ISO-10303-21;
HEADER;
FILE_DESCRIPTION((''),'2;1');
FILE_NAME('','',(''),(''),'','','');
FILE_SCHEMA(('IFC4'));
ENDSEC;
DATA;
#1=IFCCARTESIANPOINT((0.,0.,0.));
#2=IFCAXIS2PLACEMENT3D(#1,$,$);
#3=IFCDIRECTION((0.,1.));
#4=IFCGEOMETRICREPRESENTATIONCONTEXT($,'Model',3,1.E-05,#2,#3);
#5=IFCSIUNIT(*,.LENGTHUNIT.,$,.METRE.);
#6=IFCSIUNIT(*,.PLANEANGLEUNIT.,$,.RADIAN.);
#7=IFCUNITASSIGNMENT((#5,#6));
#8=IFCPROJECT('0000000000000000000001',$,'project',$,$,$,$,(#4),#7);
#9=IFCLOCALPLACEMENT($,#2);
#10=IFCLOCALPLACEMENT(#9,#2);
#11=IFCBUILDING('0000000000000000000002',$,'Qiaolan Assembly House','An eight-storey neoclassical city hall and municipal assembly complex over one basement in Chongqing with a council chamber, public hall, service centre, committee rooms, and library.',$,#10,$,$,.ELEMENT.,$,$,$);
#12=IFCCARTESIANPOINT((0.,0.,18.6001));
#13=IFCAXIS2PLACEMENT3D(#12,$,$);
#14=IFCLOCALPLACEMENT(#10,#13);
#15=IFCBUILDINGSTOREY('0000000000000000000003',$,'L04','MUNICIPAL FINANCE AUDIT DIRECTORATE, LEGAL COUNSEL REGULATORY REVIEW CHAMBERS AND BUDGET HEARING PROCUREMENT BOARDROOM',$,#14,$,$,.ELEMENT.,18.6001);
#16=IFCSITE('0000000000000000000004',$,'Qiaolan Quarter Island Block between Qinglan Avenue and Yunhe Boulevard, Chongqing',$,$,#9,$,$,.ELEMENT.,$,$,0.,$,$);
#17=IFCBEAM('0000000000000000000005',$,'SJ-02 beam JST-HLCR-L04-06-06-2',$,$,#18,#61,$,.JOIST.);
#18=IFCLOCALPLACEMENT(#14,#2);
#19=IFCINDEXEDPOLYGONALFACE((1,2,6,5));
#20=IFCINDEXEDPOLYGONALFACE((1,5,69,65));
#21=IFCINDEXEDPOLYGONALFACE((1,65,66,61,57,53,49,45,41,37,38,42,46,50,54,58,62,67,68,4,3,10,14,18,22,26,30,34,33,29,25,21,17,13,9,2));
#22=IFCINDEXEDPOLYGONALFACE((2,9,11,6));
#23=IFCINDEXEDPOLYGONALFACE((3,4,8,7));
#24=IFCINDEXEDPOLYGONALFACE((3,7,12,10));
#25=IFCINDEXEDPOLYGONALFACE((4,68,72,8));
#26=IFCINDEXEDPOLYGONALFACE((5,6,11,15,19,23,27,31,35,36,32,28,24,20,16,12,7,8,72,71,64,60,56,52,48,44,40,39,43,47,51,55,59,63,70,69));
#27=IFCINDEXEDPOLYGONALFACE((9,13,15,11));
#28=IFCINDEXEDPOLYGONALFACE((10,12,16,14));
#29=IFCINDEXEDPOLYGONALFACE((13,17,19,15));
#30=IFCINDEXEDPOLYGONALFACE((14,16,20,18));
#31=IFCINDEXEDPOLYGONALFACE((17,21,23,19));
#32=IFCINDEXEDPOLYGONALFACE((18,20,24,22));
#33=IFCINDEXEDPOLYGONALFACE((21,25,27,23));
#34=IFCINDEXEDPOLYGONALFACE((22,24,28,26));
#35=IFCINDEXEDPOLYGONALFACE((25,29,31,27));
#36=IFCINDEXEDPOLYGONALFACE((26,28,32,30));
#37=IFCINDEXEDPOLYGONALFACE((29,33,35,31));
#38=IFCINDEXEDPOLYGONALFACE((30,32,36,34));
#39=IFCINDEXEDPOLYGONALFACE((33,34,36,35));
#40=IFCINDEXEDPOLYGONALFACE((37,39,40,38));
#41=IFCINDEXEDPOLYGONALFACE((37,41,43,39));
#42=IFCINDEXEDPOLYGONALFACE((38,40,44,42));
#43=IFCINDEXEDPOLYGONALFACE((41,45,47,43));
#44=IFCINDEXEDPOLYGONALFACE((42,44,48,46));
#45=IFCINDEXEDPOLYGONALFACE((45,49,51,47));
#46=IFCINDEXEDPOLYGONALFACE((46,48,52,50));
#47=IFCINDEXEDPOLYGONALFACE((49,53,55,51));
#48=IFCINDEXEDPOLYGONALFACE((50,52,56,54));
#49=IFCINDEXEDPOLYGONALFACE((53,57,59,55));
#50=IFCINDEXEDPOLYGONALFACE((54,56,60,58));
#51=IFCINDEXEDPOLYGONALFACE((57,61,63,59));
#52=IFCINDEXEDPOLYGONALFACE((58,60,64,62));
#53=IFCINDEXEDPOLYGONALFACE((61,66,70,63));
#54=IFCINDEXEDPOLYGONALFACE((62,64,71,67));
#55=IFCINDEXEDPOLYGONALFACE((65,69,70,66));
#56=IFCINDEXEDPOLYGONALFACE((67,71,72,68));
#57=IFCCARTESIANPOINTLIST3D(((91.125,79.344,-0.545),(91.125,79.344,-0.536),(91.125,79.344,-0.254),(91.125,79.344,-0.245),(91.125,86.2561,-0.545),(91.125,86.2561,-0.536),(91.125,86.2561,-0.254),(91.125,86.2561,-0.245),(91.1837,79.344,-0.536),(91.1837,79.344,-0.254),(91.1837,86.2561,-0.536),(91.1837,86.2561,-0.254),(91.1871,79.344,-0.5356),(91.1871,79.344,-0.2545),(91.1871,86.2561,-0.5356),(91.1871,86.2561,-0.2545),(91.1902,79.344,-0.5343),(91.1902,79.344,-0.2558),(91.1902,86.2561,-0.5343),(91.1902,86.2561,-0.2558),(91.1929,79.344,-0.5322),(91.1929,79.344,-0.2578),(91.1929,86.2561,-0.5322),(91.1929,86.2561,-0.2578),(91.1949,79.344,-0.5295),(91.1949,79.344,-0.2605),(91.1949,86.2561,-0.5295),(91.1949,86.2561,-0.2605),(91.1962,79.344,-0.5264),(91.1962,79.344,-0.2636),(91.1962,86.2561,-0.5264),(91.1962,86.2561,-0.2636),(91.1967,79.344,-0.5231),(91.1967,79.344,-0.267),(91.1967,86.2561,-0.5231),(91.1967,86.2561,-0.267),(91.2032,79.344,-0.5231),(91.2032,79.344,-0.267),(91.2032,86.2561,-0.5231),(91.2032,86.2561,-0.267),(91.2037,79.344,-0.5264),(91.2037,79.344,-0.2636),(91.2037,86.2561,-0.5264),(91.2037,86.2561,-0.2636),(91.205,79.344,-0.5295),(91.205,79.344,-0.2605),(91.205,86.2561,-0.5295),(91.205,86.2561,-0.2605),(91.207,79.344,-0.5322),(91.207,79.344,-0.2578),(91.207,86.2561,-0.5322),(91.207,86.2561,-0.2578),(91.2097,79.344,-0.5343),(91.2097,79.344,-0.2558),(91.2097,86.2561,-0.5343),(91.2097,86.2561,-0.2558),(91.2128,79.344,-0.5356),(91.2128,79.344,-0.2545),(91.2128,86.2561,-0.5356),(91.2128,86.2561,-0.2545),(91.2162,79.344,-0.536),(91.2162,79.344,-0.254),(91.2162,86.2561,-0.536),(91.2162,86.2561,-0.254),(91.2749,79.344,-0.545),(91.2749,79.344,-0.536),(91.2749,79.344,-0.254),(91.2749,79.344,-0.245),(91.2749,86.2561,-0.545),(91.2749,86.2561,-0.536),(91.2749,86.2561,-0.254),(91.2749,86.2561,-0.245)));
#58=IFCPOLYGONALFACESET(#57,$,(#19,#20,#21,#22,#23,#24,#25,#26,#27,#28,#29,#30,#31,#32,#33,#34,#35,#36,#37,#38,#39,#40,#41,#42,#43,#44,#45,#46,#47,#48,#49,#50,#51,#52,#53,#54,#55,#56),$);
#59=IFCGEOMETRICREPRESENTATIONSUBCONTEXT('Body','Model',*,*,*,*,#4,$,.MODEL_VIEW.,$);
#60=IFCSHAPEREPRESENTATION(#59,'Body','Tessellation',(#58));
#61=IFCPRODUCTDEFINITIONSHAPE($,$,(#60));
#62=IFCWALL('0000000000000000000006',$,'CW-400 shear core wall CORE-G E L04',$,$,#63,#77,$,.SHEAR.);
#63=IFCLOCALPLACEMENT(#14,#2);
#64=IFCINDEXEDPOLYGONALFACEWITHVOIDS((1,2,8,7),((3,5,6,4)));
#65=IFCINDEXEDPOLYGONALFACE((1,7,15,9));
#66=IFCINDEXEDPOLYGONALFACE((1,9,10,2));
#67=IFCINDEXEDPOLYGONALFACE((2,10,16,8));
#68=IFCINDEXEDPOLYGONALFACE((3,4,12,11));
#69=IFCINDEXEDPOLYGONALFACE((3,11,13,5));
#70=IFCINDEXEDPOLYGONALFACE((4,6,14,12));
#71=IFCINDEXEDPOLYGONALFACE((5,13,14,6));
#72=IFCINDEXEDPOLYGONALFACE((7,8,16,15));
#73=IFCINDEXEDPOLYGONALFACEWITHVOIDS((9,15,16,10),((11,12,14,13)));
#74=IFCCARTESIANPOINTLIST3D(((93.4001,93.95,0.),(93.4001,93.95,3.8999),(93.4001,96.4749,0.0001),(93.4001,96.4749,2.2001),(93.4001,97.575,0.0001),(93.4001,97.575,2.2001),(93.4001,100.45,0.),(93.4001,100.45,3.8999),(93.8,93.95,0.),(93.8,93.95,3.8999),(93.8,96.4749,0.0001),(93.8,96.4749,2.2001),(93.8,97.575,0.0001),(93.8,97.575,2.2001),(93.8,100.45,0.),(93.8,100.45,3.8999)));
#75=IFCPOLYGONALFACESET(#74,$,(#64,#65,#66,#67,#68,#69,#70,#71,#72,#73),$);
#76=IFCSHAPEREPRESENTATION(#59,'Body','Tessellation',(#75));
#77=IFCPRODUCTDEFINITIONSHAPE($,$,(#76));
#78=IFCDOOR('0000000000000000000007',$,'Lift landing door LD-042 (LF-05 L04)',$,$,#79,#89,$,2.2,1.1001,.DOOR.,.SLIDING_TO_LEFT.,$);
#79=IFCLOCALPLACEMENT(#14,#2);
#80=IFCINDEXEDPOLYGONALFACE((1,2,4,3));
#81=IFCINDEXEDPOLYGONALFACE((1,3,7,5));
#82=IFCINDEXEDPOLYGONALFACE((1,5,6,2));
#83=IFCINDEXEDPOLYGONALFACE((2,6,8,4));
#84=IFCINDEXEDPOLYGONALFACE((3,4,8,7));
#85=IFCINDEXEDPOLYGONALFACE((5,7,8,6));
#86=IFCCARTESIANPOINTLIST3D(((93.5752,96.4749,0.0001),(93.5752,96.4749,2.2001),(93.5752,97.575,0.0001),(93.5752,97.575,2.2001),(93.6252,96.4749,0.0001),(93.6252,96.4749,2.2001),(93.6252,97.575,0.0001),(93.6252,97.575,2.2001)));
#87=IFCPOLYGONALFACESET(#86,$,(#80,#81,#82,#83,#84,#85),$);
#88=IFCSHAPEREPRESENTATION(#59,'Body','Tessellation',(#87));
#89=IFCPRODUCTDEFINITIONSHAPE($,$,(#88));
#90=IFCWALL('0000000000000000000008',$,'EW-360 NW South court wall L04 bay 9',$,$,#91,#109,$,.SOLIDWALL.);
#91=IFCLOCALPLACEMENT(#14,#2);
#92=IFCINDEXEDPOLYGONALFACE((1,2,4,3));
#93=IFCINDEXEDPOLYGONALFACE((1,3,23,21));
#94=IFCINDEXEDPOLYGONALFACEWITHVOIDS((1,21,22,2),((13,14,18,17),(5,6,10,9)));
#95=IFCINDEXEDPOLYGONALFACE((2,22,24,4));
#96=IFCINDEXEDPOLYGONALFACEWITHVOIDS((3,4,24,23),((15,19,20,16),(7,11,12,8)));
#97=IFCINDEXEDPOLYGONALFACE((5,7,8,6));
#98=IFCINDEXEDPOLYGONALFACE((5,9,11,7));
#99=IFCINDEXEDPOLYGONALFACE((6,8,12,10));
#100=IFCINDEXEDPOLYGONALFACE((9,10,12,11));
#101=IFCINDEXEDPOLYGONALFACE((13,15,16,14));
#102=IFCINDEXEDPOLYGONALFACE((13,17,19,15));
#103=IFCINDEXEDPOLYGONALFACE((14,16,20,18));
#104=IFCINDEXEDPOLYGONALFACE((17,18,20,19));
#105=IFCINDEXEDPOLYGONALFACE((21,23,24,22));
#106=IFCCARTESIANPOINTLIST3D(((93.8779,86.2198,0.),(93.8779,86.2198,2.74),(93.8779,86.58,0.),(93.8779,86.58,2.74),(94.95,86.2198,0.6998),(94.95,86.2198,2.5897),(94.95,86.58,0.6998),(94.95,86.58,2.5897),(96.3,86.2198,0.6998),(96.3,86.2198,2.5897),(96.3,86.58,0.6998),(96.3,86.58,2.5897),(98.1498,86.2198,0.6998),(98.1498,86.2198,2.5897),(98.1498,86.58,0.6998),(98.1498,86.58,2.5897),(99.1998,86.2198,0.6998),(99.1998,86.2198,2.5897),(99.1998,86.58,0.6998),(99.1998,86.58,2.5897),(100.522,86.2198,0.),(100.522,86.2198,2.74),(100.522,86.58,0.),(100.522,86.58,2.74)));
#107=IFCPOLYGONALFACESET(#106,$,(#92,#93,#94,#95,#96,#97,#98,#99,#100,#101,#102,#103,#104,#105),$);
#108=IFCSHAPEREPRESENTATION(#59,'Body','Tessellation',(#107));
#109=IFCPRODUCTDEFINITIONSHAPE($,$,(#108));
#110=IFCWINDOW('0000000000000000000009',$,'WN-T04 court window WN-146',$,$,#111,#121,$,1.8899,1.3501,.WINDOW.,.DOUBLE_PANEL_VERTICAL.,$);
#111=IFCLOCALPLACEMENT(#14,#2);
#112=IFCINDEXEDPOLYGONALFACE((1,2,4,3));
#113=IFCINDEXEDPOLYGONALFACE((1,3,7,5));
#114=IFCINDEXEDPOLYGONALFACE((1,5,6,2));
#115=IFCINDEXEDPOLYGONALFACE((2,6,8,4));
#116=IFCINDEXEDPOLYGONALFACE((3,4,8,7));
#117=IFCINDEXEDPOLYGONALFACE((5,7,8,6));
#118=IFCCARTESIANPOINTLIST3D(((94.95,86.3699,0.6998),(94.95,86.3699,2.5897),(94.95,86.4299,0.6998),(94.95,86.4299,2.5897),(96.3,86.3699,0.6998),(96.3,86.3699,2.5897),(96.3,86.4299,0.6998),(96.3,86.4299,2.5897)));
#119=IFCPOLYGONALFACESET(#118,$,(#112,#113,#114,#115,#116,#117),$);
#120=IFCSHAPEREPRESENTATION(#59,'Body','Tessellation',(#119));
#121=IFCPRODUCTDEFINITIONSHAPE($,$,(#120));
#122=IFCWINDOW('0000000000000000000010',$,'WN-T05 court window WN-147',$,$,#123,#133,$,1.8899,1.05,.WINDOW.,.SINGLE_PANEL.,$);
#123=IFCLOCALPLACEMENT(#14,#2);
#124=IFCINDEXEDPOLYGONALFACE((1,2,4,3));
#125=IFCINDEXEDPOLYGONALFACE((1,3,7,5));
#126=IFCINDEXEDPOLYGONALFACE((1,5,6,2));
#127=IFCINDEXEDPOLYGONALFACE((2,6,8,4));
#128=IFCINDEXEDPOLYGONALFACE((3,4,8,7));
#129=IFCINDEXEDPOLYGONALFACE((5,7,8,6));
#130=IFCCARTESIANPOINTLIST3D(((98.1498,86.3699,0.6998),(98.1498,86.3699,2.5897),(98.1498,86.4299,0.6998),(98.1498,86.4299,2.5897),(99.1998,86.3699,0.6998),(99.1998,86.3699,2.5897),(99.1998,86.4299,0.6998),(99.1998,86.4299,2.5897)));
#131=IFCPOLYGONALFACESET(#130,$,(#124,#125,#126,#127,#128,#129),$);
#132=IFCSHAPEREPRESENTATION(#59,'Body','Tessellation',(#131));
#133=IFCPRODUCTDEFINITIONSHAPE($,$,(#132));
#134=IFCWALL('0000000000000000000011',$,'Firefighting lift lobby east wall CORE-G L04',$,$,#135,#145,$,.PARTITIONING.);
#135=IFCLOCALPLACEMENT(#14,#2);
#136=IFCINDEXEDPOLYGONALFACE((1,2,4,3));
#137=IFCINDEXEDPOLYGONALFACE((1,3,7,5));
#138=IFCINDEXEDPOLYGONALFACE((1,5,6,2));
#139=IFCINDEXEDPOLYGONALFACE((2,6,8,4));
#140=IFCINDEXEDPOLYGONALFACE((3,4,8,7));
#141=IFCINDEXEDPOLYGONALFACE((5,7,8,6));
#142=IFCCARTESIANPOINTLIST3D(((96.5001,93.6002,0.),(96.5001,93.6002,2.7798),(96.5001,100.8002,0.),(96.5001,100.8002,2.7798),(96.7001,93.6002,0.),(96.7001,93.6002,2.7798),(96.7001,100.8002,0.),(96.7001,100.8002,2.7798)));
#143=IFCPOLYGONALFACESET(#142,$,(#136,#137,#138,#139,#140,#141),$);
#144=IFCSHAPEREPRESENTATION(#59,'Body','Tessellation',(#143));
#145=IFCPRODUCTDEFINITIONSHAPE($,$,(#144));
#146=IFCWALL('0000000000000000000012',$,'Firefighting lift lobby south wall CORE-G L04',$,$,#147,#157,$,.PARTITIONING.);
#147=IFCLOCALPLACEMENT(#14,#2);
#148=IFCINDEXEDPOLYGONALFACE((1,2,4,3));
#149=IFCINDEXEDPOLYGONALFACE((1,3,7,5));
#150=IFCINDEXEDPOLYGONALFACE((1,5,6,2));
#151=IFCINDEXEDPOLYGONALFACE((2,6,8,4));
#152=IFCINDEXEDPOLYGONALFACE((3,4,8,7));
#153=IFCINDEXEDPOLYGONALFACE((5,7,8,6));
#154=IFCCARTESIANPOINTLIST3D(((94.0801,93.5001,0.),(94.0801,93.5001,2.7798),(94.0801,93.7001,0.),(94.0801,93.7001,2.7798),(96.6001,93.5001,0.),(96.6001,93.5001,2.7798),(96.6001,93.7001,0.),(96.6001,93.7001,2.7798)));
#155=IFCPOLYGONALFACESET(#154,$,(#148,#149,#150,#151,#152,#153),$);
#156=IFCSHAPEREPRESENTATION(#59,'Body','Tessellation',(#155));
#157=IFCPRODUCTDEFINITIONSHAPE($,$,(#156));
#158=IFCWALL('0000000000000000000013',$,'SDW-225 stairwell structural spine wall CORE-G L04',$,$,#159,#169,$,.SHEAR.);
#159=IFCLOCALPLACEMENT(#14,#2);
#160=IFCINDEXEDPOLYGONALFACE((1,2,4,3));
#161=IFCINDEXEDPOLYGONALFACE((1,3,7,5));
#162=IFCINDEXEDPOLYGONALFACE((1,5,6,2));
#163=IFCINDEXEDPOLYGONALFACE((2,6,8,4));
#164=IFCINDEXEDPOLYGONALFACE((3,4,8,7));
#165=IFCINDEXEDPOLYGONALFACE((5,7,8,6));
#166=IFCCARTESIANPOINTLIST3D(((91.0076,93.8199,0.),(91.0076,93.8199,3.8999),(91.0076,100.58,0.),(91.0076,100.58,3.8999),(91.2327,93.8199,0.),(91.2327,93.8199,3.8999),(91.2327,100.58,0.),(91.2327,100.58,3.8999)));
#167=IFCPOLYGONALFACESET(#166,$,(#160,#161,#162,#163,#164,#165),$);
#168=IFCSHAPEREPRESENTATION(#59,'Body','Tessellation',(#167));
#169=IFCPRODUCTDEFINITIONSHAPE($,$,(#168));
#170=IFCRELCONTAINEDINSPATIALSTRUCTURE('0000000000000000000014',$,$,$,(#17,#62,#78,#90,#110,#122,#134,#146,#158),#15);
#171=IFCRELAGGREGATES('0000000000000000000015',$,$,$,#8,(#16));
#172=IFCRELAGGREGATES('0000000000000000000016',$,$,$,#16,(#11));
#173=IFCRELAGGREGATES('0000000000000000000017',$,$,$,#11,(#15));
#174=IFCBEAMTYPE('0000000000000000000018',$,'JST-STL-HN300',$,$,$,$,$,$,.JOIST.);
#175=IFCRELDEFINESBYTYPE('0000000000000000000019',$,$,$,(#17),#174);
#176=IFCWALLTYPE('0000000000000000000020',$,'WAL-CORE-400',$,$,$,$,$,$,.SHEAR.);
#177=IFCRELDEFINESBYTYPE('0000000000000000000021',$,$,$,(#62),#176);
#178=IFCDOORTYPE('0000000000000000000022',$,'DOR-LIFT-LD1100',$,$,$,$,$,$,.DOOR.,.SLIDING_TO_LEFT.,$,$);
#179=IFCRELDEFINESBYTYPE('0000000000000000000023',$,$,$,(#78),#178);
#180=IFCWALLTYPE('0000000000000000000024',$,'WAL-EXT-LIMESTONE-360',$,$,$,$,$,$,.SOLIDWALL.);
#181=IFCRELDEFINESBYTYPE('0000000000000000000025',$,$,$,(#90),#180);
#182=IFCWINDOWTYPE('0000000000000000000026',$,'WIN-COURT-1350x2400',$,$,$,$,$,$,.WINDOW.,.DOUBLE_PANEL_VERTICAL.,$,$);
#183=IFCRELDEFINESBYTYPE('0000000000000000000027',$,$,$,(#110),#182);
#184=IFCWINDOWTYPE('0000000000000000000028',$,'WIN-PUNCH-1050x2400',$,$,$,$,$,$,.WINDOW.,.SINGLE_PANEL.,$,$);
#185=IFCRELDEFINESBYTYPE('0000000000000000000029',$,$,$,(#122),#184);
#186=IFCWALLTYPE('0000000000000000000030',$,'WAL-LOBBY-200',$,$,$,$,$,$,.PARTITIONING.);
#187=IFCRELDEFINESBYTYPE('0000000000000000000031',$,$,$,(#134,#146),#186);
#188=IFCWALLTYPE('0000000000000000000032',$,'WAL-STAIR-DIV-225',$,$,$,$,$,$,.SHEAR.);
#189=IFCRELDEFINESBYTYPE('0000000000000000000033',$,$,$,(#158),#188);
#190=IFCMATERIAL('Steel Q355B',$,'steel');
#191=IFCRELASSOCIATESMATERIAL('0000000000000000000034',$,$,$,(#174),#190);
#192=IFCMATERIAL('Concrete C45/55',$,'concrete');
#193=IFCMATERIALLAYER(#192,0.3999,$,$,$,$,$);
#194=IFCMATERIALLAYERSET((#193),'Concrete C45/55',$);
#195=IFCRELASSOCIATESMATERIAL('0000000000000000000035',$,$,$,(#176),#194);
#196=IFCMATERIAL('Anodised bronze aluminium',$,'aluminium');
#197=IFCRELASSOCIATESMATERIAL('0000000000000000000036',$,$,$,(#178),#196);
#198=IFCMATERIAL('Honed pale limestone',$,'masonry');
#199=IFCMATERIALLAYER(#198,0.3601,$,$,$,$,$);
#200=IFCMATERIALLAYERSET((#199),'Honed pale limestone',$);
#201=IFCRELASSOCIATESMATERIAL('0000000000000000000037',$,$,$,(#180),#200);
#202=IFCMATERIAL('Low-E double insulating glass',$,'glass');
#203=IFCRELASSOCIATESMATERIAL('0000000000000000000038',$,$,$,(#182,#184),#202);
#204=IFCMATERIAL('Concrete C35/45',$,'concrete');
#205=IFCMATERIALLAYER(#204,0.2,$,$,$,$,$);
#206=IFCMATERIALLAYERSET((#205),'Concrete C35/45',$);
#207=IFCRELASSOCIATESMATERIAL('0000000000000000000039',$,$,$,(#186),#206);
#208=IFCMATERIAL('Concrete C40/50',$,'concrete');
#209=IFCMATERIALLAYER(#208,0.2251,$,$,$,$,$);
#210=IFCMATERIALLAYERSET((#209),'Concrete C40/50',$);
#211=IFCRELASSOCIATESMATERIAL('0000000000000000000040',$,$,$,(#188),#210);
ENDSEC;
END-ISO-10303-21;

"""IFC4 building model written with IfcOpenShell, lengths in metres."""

from ifc_helpers import new_model, si_unit, direction, frame, frame_2d, origin, origin_2d, place, context, subcontext, project, spatial, rectangle, i_section, extrude, material, layer, layer_set, material_profile, profile_set, type_object, element, fill, save


model = new_model("IFC4")

# Units and contexts
model_context = context("Model", 3, precision=1e-05, world=origin(), true_north=direction((0.0, 1.0)))
body_context = subcontext(model_context, "Body", "Model", "MODEL_VIEW")
ifc_project = project(units=[si_unit("LENGTHUNIT", "METRE"), si_unit("PLANEANGLEUNIT", "RADIAN")], contexts=[model_context])

# Site, building, storey
site_placement = place(None, origin())
site = spatial("IfcSite", under=ifc_project, at=site_placement, Name="Qiaolan Quarter Island Block between Qinglan Avenue and Yunhe Boulevard, Chongqing", CompositionType="ELEMENT", RefElevation=0.0)
building_placement = place(site_placement, origin())
building = spatial("IfcBuilding", under=site, at=building_placement, Name="Qiaolan Assembly House", Description="An eight-storey neoclassical city hall and municipal assembly complex over one basement in Chongqing with a council chamber, public hall, service centre, committee rooms, and library.", CompositionType="ELEMENT")
storey_placement = place(building_placement, frame((0.0, 0.0, 18.6001)))
storey = spatial("IfcBuildingStorey", under=building, at=storey_placement, Name="L04", Description="MUNICIPAL FINANCE AUDIT DIRECTORATE, LEGAL COUNSEL REGULATORY REVIEW CHAMBERS AND BUDGET HEARING PROCUREMENT BOARDROOM", CompositionType="ELEMENT", Elevation=18.6001)

# Shared definitions
ifc_material_1 = material(Name="Concrete C45/55", Category="concrete")
ifc_material_2 = material(Name="Concrete C40/50", Category="concrete")

# Beam
ifc_material_3 = material(Name="Steel Q355B", Category="steel")
ifc_material_profile_1 = material_profile(ifc_material_3, i_section(OverallWidth=0.1499, OverallDepth=0.3, WebThickness=0.0066, FlangeThickness=0.009, FilletRadius=0.0129, at=origin_2d()), Name="HN 300x150x6.5x9")
ifc_profile_set_1 = profile_set([ifc_material_profile_1], Name="Steel Q355B")
beam_type_1 = type_object("IfcBeamType", Name="JST-STL-HN300", PredefinedType="JOIST", material=ifc_profile_set_1)
beam_1_placement = place(storey_placement, frame((91.2, 79.344, -0.395), z_axis=(0.0, 1.0, 0.0), x_axis=(-1.0, 0.0, 0.0)))
element("IfcBeam", 1, at=beam_1_placement, inside=storey, type_object=beam_type_1, Name="SJ-02 beam JST-HLCR-L04-06-06-2", PredefinedType="JOIST", context=body_context, shape_type="SweptSolid", body=[
    extrude(i_section(OverallWidth=0.1499, OverallDepth=0.3, WebThickness=0.0066, FlangeThickness=0.009, FilletRadius=0.0129, at=origin_2d()), origin(), (0.0, 0.0, 1.0), 6.9121),
])

# Wall, opening, door
ifc_layer_1 = layer(ifc_material_1, 0.3999)
ifc_layer_set_1 = layer_set([ifc_layer_1], Name="Concrete C45/55")
wall_type_1 = type_object("IfcWallType", Name="WAL-CORE-400", PredefinedType="SHEAR", material=ifc_layer_set_1)
wall_1_placement = place(storey_placement, frame((93.6001, 93.95, 0.0), z_axis=(0.0, 0.0, 1.0), x_axis=(0.0, 1.0, 0.0)))
wall_1 = element("IfcWall", 2, at=wall_1_placement, inside=storey, type_object=wall_type_1, Name="CW-400 shear core wall CORE-G E L04", PredefinedType="SHEAR", context=body_context, shape_type="SweptSolid", body=[
    extrude(rectangle(XDim=6.5, YDim=0.3999, at=frame_2d((3.25, 0.0))), origin(), (0.0, 0.0, 1.0), 3.8999),
])
opening_1_placement = place(wall_1_placement, frame((2.5249, 0.0, 0.0)))
opening_1 = element("IfcOpeningElement", 3, at=opening_1_placement, cuts=wall_1, PredefinedType="OPENING", context=body_context, shape_type="SweptSolid", body=[
    extrude(rectangle(XDim=1.1001, YDim=2.2, at=frame_2d((0.55, 1.1001))), frame((0.0, 0.21, 0.0), z_axis=(0.0, -1.0, 0.0), x_axis=(1.0, 0.0, 0.0)), (0.0, 0.0, 1.0), 0.4199),
])
ifc_material_4 = material(Name="Anodised bronze aluminium", Category="aluminium")
door_type = type_object("IfcDoorType", Name="DOR-LIFT-LD1100", OperationType="SLIDING_TO_LEFT", PredefinedType="DOOR", material=ifc_material_4)
door_placement = place(opening_1_placement, origin())
door = element("IfcDoor", 4, at=door_placement, inside=storey, type_object=door_type, Name="Lift landing door LD-042 (LF-05 L04)", OperationType="SLIDING_TO_LEFT", OverallHeight=2.2, OverallWidth=1.1001, PredefinedType="DOOR", context=body_context, shape_type="SweptSolid", body=[
    extrude(rectangle(XDim=1.1001, YDim=2.2, at=frame_2d((0.55, 1.1001))), frame((0.0, 0.0249, 0.0), z_axis=(0.0, -1.0, 0.0), x_axis=(1.0, 0.0, 0.0)), (0.0, 0.0, 1.0), 0.05),
])
fill(opening_1, door)

# Wall, openings, windows
ifc_material_5 = material(Name="Honed pale limestone", Category="masonry")
ifc_layer_2 = layer(ifc_material_5, 0.3601)
ifc_layer_set_2 = layer_set([ifc_layer_2], Name="Honed pale limestone")
wall_type_2 = type_object("IfcWallType", Name="WAL-EXT-LIMESTONE-360", PredefinedType="SOLIDWALL", material=ifc_layer_set_2)
wall_2_placement = place(storey_placement, frame((93.8779, 86.3999, 0.0), z_axis=(0.0, 0.0, 1.0), x_axis=(1.0, 0.0, 0.0)))
wall_2 = element("IfcWall", 5, at=wall_2_placement, inside=storey, type_object=wall_type_2, Name="EW-360 NW South court wall L04 bay 9", PredefinedType="SOLIDWALL", context=body_context, shape_type="SweptSolid", body=[
    extrude(rectangle(XDim=6.644, YDim=0.3601, at=frame_2d((3.322, 0.0))), origin(), (0.0, 0.0, 1.0), 2.74),
])
opening_2_placement = place(wall_2_placement, frame((1.072, 0.0, 0.7)))
opening_2 = element("IfcOpeningElement", 6, at=opening_2_placement, cuts=wall_2, PredefinedType="OPENING", context=body_context, shape_type="SweptSolid", body=[
    extrude(rectangle(XDim=1.3501, YDim=1.8899, at=frame_2d((0.675, 0.9448))), frame((0.0, 0.1899, 0.0), z_axis=(0.0, -1.0, 0.0), x_axis=(1.0, 0.0, 0.0)), (0.0, 0.0, 1.0), 0.3801),
])
opening_3_placement = place(wall_2_placement, frame((4.272, 0.0, 0.7)))
opening_3 = element("IfcOpeningElement", 7, at=opening_3_placement, cuts=wall_2, PredefinedType="OPENING", context=body_context, shape_type="SweptSolid", body=[
    extrude(rectangle(XDim=1.05, YDim=1.8899, at=frame_2d((0.5249, 0.9448))), frame((0.0, 0.1899, 0.0), z_axis=(0.0, -1.0, 0.0), x_axis=(1.0, 0.0, 0.0)), (0.0, 0.0, 1.0), 0.3801),
])
ifc_material_6 = material(Name="Low-E double insulating glass", Category="glass")
window_type_1 = type_object("IfcWindowType", Name="WIN-COURT-1350x2400", PartitioningType="DOUBLE_PANEL_VERTICAL", PredefinedType="WINDOW", material=ifc_material_6)
window_1_placement = place(opening_2_placement, origin())
window_1 = element("IfcWindow", 8, at=window_1_placement, inside=storey, type_object=window_type_1, Name="WN-T04 court window WN-146", OverallHeight=1.8899, OverallWidth=1.3501, PartitioningType="DOUBLE_PANEL_VERTICAL", PredefinedType="WINDOW", context=body_context, shape_type="SweptSolid", body=[
    extrude(rectangle(XDim=1.3501, YDim=1.8899, at=frame_2d((0.675, 0.9448))), frame((0.0, 0.03, 0.0), z_axis=(0.0, -1.0, 0.0), x_axis=(1.0, 0.0, 0.0)), (0.0, 0.0, 1.0), 0.0601),
])
fill(opening_2, window_1)
window_type_2 = type_object("IfcWindowType", Name="WIN-PUNCH-1050x2400", PartitioningType="SINGLE_PANEL", PredefinedType="WINDOW", material=ifc_material_6)
window_2_placement = place(opening_3_placement, origin())
window_2 = element("IfcWindow", 9, at=window_2_placement, inside=storey, type_object=window_type_2, Name="WN-T05 court window WN-147", OverallHeight=1.8899, OverallWidth=1.05, PartitioningType="SINGLE_PANEL", PredefinedType="WINDOW", context=body_context, shape_type="SweptSolid", body=[
    extrude(rectangle(XDim=1.05, YDim=1.8899, at=frame_2d((0.5249, 0.9448))), frame((0.0, 0.03, 0.0), z_axis=(0.0, -1.0, 0.0), x_axis=(1.0, 0.0, 0.0)), (0.0, 0.0, 1.0), 0.0601),
])
fill(opening_3, window_2)

# Walls
ifc_material_7 = material(Name="Concrete C35/45", Category="concrete")
ifc_layer_3 = layer(ifc_material_7, 0.2)
ifc_layer_set_3 = layer_set([ifc_layer_3], Name="Concrete C35/45")
wall_type_3 = type_object("IfcWallType", Name="WAL-LOBBY-200", PredefinedType="PARTITIONING", material=ifc_layer_set_3)
wall_3_placement = place(storey_placement, frame((96.6001, 93.6001, 0.0), z_axis=(0.0, 0.0, 1.0), x_axis=(0.0, 1.0, 0.0)))
element("IfcWall", 10, at=wall_3_placement, inside=storey, type_object=wall_type_3, Name="Firefighting lift lobby east wall CORE-G L04", PredefinedType="PARTITIONING", context=body_context, shape_type="SweptSolid", body=[
    extrude(rectangle(XDim=7.2, YDim=0.2, at=frame_2d((3.6001, 0.0))), origin(), (0.0, 0.0, 1.0), 2.7798),
])
wall_4_placement = place(storey_placement, frame((94.0801, 93.6001, 0.0), z_axis=(0.0, 0.0, 1.0), x_axis=(1.0, 0.0, 0.0)))
element("IfcWall", 11, at=wall_4_placement, inside=storey, type_object=wall_type_3, Name="Firefighting lift lobby south wall CORE-G L04", PredefinedType="PARTITIONING", context=body_context, shape_type="SweptSolid", body=[
    extrude(rectangle(XDim=2.52, YDim=0.2, at=frame_2d((1.26, 0.0))), origin(), (0.0, 0.0, 1.0), 2.7798),
])
ifc_layer_4 = layer(ifc_material_2, 0.2251)
ifc_layer_set_4 = layer_set([ifc_layer_4], Name="Concrete C40/50")
wall_type_4 = type_object("IfcWallType", Name="WAL-STAIR-DIV-225", PredefinedType="SHEAR", material=ifc_layer_set_4)
wall_5_placement = place(storey_placement, frame((91.1201, 93.8201, 0.0), z_axis=(0.0, 0.0, 1.0), x_axis=(0.0, 1.0, 0.0)))
element("IfcWall", 12, at=wall_5_placement, inside=storey, type_object=wall_type_4, Name="SDW-225 stairwell structural spine wall CORE-G L04", PredefinedType="SHEAR", context=body_context, shape_type="SweptSolid", body=[
    extrude(rectangle(XDim=6.76, YDim=0.2251, at=frame_2d((3.3799, 0.0))), origin(), (0.0, 0.0, 1.0), 3.8999),
])

save(model, "model.ifc")
